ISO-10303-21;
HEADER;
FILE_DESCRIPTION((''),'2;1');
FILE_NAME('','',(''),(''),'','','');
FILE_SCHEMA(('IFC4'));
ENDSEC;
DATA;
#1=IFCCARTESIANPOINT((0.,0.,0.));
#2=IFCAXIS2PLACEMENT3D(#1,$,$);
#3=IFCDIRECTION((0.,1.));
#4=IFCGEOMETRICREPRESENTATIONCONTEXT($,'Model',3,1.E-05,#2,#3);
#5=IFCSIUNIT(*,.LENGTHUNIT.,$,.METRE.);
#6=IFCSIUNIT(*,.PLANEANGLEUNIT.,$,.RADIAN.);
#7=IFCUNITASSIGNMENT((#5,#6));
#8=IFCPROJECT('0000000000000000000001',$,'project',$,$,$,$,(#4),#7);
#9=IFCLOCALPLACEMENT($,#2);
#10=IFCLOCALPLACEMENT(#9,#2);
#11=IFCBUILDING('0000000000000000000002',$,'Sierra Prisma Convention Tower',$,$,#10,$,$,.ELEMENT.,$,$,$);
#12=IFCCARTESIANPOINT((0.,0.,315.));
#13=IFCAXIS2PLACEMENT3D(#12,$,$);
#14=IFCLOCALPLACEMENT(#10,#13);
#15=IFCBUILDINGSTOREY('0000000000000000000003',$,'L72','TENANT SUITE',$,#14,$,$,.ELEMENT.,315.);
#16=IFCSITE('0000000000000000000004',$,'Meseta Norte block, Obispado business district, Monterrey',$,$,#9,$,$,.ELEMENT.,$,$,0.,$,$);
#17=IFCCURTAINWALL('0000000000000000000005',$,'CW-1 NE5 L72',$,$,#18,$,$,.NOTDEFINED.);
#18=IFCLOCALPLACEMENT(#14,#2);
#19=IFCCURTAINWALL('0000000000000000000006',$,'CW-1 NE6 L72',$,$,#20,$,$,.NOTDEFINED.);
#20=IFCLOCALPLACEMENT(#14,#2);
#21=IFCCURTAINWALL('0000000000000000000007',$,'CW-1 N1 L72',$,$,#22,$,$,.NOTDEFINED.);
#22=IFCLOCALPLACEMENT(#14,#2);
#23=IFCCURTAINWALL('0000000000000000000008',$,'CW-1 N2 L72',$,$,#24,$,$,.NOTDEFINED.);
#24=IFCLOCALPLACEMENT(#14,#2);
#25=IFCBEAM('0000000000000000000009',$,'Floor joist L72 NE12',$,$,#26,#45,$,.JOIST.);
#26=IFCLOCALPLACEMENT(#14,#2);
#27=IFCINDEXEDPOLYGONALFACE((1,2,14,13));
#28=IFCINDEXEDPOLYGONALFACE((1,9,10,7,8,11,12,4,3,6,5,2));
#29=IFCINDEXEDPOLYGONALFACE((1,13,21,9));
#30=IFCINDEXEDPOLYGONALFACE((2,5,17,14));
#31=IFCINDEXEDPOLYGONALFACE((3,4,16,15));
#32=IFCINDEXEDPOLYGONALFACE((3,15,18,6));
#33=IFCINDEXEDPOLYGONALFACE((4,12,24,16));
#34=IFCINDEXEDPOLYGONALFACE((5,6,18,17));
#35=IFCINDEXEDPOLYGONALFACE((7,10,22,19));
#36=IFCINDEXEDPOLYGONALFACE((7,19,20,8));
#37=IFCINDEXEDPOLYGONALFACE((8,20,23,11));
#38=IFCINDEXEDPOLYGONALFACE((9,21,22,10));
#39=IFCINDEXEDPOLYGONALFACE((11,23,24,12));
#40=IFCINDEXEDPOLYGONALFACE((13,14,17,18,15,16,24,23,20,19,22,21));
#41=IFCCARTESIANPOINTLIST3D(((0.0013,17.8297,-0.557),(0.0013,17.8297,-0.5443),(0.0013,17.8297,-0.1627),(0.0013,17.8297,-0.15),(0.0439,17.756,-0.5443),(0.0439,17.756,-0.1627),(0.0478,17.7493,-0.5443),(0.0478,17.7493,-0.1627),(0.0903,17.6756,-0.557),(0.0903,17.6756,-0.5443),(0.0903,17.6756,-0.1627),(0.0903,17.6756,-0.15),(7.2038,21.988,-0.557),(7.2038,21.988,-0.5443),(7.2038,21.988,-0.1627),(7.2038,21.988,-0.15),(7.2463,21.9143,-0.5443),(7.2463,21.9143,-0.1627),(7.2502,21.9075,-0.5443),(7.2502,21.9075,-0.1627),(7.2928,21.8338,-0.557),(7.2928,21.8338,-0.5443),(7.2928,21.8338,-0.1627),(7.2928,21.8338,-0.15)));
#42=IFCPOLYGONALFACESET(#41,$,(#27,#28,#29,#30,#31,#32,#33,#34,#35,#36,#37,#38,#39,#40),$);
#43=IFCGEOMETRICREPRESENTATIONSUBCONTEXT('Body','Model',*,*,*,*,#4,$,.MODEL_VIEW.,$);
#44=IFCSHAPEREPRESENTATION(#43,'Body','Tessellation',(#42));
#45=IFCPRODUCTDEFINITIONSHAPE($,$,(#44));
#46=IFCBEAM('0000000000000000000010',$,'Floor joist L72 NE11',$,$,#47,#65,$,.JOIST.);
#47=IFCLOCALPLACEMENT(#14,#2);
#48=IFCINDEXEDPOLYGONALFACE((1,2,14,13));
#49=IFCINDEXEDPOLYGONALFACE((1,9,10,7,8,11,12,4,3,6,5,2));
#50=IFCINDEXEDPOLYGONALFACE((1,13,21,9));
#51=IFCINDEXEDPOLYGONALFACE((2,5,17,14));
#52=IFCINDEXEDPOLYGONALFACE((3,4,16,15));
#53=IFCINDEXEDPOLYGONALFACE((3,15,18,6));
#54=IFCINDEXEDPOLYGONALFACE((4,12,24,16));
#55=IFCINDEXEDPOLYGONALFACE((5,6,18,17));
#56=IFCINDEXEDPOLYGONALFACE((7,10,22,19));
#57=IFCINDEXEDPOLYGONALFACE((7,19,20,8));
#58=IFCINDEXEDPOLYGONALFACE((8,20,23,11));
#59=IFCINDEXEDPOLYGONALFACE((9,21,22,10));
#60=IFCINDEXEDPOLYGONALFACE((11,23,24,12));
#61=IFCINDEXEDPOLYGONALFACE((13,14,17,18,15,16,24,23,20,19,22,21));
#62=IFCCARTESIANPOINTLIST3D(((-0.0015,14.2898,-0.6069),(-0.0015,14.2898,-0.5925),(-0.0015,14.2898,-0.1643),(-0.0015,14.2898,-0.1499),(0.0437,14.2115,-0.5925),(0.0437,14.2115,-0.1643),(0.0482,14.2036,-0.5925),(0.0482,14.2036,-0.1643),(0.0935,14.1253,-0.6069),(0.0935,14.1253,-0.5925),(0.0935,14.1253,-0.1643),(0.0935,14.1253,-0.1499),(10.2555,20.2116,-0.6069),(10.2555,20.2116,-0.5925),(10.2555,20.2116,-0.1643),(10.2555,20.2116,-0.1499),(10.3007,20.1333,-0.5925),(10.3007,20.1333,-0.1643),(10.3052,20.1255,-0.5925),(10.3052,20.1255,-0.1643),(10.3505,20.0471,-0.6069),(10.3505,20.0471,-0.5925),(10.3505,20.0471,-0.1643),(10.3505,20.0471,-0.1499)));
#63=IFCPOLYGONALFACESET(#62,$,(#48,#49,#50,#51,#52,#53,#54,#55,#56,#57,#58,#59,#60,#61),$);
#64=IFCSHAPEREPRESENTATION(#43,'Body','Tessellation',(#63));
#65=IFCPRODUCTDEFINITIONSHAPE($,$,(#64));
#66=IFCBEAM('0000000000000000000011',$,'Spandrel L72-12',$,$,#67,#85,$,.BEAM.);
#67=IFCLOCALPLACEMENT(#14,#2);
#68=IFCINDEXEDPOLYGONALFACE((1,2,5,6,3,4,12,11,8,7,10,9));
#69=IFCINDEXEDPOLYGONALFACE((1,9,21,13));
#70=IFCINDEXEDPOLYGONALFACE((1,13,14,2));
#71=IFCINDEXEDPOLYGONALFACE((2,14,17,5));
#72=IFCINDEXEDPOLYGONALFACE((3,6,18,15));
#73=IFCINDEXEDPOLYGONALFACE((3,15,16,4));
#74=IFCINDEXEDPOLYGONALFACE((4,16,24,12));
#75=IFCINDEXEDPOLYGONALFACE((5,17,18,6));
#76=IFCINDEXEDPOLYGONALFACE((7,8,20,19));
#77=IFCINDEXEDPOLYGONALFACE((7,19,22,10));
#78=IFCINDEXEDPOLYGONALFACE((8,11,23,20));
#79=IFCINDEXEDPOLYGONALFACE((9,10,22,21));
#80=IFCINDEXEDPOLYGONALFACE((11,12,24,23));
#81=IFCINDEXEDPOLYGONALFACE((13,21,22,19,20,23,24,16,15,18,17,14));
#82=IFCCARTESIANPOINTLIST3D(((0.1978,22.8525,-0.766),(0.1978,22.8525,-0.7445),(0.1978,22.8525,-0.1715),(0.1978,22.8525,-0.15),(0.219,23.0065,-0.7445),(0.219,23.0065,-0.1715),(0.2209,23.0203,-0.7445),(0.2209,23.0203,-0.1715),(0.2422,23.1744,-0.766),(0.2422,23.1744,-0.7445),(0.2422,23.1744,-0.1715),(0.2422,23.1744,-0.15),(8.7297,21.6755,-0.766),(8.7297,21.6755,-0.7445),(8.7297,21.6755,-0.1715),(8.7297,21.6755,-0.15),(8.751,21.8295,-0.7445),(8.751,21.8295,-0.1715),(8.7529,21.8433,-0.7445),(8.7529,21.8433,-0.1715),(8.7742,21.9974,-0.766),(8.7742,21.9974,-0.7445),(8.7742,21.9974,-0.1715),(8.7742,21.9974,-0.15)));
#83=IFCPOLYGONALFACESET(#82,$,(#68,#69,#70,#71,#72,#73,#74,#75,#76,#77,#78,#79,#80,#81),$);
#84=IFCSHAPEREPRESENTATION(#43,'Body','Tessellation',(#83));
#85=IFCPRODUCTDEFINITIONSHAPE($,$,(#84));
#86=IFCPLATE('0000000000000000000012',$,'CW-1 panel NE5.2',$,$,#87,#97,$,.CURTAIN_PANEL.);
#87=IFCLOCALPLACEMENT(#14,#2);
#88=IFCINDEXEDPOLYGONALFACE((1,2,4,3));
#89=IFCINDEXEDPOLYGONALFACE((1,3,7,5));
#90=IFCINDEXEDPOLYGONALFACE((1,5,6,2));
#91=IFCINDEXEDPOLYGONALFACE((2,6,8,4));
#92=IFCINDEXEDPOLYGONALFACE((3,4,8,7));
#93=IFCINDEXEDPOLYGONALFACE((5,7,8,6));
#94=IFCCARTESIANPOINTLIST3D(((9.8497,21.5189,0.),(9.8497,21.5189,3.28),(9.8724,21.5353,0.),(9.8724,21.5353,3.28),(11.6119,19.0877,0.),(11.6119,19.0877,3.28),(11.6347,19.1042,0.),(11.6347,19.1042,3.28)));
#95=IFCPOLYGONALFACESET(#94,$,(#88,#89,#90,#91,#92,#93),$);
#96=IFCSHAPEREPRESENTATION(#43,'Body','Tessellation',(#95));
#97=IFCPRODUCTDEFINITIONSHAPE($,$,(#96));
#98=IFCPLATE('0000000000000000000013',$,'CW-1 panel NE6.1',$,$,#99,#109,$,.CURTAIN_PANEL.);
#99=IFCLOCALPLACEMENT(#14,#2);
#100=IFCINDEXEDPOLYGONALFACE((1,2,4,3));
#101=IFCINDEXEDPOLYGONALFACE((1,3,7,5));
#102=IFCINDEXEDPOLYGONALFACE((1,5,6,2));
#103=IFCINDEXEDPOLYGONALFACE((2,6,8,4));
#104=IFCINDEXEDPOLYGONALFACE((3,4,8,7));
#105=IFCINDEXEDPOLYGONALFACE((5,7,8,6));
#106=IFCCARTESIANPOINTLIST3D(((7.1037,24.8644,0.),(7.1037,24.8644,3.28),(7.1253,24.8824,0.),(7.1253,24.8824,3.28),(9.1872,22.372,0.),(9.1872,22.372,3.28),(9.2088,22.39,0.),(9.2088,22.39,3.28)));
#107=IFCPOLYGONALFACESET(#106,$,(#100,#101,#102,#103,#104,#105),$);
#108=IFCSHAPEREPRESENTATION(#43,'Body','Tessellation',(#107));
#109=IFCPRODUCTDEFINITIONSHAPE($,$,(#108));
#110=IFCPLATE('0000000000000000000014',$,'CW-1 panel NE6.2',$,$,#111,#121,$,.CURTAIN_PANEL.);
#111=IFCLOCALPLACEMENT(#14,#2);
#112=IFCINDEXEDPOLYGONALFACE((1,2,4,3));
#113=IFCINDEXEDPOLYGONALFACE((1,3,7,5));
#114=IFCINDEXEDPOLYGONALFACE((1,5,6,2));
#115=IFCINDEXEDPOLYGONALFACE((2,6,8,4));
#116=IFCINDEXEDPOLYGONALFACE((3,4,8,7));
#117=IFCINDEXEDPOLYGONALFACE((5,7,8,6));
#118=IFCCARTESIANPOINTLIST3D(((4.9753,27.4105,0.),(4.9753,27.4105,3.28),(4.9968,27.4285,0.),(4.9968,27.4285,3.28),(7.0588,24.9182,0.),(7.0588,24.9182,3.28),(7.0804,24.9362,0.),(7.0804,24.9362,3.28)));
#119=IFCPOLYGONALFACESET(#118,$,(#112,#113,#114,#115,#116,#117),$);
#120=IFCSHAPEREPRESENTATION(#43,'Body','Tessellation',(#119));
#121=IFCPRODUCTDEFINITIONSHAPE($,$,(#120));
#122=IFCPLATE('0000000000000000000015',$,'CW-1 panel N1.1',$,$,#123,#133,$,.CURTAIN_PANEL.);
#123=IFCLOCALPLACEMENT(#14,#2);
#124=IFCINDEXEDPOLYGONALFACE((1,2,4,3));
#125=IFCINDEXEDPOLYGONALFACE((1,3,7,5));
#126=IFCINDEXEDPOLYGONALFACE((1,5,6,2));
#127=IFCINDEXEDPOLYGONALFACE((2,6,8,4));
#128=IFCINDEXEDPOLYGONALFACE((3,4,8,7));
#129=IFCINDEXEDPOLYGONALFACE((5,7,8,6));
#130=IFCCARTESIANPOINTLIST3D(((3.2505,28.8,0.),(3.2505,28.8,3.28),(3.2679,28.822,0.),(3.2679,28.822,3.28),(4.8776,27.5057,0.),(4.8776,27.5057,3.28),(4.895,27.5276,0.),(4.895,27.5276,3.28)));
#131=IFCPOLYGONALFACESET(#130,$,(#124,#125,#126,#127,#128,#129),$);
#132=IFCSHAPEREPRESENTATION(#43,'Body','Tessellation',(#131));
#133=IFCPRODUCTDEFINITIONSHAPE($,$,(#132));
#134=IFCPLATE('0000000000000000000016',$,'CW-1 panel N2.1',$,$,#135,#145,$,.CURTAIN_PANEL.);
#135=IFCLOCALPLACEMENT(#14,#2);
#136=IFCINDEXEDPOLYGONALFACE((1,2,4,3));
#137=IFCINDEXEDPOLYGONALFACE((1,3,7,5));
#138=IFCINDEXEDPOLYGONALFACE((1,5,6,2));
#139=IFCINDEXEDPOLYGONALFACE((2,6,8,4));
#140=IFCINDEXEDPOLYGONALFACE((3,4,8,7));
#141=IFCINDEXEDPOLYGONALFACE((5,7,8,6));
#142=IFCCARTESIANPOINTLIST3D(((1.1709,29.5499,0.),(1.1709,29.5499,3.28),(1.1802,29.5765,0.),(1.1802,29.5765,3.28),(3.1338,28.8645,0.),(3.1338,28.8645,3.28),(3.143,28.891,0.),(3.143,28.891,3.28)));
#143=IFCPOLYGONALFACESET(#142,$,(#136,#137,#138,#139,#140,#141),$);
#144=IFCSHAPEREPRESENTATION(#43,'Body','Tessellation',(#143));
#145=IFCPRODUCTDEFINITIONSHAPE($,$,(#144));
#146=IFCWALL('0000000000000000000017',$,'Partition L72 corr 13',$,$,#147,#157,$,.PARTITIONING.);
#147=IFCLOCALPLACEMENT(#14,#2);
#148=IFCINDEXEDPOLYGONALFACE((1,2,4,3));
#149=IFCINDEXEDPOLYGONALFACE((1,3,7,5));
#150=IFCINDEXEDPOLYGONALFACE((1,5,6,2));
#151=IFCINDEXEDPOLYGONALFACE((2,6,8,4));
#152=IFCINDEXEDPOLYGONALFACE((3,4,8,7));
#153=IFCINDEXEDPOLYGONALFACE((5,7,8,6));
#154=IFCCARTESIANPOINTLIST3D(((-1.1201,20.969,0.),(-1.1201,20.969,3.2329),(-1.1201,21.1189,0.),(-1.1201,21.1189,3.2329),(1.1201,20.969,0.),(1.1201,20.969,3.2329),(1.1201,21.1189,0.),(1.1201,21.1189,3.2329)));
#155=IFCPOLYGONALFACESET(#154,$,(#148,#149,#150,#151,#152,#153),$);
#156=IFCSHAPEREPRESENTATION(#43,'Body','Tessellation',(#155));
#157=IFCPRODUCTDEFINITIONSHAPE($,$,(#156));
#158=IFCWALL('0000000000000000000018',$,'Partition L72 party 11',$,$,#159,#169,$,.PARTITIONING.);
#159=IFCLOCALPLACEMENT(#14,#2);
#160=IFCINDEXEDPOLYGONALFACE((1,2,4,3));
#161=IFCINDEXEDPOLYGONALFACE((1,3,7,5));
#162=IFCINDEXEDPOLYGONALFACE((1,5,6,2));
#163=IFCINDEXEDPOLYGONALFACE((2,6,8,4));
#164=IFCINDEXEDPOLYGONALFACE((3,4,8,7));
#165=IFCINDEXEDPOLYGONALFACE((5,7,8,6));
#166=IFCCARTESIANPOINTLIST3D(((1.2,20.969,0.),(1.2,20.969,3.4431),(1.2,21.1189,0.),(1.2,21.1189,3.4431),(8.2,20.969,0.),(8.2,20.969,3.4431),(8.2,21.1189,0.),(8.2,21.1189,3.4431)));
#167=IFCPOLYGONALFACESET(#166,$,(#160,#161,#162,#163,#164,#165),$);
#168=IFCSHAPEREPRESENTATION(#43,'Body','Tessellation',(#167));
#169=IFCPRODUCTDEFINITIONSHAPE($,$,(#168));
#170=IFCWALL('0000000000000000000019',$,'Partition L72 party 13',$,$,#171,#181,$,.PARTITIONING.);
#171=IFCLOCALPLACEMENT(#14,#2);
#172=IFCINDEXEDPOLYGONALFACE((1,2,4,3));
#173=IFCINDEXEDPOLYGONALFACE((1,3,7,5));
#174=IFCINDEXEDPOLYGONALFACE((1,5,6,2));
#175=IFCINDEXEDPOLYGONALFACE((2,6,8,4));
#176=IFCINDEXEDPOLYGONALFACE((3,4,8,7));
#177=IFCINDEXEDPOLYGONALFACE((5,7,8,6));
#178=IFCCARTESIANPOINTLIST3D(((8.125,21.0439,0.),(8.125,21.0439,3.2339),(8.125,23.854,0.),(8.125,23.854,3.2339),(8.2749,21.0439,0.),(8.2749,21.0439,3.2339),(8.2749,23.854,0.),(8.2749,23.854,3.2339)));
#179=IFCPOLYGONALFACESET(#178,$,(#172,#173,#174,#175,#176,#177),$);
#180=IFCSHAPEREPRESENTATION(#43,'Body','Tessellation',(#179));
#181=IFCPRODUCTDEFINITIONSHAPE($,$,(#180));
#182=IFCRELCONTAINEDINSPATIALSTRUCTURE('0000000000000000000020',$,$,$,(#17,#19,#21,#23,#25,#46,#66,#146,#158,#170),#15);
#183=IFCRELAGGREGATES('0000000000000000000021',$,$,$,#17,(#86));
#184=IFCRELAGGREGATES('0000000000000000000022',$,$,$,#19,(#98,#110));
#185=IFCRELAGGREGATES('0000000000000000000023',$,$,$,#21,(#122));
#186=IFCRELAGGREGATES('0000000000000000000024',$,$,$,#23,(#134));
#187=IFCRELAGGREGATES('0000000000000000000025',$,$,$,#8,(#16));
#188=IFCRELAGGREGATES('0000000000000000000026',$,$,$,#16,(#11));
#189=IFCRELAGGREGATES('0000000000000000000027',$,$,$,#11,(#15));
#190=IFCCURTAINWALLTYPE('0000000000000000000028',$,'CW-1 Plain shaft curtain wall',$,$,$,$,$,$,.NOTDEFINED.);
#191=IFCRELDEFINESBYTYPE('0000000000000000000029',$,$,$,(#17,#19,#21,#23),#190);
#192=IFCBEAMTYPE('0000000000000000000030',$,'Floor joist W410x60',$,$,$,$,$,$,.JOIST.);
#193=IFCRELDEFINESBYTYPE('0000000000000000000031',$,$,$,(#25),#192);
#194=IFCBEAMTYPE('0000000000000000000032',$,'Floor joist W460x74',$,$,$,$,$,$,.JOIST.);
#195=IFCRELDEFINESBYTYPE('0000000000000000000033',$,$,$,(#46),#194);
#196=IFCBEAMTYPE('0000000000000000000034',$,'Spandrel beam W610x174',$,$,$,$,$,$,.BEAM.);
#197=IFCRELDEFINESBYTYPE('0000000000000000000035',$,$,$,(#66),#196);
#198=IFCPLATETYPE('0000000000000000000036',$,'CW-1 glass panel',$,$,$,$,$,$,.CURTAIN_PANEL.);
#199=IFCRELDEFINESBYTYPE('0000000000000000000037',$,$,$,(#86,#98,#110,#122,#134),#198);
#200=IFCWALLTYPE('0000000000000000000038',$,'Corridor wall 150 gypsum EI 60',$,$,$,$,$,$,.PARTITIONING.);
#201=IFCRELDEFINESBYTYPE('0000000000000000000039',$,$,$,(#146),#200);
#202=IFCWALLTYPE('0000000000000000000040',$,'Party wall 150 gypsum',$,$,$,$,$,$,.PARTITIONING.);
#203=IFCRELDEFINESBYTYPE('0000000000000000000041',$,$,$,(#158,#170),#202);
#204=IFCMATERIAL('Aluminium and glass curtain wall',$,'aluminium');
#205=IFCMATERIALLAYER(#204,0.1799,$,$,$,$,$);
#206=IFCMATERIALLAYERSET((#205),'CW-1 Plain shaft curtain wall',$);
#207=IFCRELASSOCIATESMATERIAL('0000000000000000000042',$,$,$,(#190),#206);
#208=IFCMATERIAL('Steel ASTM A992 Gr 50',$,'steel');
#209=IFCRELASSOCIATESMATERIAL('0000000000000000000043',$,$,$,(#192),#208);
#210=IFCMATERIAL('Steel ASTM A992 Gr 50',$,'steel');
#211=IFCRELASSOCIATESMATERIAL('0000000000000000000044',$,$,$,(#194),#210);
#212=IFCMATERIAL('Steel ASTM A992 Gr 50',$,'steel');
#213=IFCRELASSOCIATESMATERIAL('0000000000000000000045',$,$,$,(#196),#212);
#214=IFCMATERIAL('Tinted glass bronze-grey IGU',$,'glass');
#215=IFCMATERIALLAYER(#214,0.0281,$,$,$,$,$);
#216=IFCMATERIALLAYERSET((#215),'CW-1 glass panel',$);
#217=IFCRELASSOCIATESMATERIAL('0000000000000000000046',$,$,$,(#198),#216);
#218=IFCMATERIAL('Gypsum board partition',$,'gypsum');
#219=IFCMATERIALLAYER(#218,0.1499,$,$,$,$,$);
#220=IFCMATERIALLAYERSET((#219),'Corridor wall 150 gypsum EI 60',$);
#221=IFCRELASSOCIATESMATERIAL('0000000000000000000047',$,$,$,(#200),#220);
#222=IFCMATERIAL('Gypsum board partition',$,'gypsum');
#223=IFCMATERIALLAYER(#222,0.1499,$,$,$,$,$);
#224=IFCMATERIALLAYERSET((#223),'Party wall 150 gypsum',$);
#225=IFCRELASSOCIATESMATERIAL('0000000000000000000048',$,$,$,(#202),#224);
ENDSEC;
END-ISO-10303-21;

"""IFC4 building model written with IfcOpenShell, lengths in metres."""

from ifc_helpers import new_model, si_unit, direction, frame, frame_2d, origin, origin_2d, place, context, subcontext, project, spatial, rectangle, i_section, extrude, material, layer, layer_set, material_profile, profile_set, type_object, element, aggregate, save


model = new_model("IFC4")

# Units and contexts
model_context = context("Model", 3, precision=1e-05, world=origin(), true_north=direction((0.0, 1.0)))
body_context = subcontext(model_context, "Body", "Model", "MODEL_VIEW")
ifc_project = project(units=[si_unit("LENGTHUNIT", "METRE"), si_unit("PLANEANGLEUNIT", "RADIAN")], contexts=[model_context])

# Site, building, storey
site_placement = place(None, origin())
site = spatial("IfcSite", under=ifc_project, at=site_placement, Name="Meseta Norte block, Obispado business district, Monterrey", CompositionType="ELEMENT", RefElevation=0.0)
building_placement = place(site_placement, origin())
building = spatial("IfcBuilding", under=site, at=building_placement, Name="Sierra Prisma Convention Tower", CompositionType="ELEMENT")
storey_placement = place(building_placement, frame((0.0, 0.0, 315.0)))
storey = spatial("IfcBuildingStorey", under=building, at=storey_placement, Name="L72", Description="TENANT SUITE", CompositionType="ELEMENT", Elevation=315.0)

# Curtain walls
ifc_material_1 = material(Name="Aluminium and glass curtain wall", Category="aluminium")
ifc_layer_1 = layer(ifc_material_1, 0.1799)
ifc_layer_set_1 = layer_set([ifc_layer_1], Name="CW-1 Plain shaft curtain wall")
curtain_wall_type = type_object("IfcCurtainWallType", Name="CW-1 Plain shaft curtain wall", PredefinedType="NOTDEFINED", material=ifc_layer_set_1)
curtain_wall_1_placement = place(storey_placement, origin())
curtain_wall_1 = element("IfcCurtainWall", 1, at=curtain_wall_1_placement, inside=storey, type_object=curtain_wall_type, Name="CW-1 NE5 L72", PredefinedType="NOTDEFINED")
curtain_wall_2_placement = place(storey_placement, origin())
curtain_wall_2 = element("IfcCurtainWall", 2, at=curtain_wall_2_placement, inside=storey, type_object=curtain_wall_type, Name="CW-1 NE6 L72", PredefinedType="NOTDEFINED")
curtain_wall_3_placement = place(storey_placement, origin())
curtain_wall_3 = element("IfcCurtainWall", 3, at=curtain_wall_3_placement, inside=storey, type_object=curtain_wall_type, Name="CW-1 N1 L72", PredefinedType="NOTDEFINED")
curtain_wall_4_placement = place(storey_placement, origin())
curtain_wall_4 = element("IfcCurtainWall", 4, at=curtain_wall_4_placement, inside=storey, type_object=curtain_wall_type, Name="CW-1 N2 L72", PredefinedType="NOTDEFINED")

# Beams
ifc_material_2 = material(Name="Steel ASTM A992 Gr 50", Category="steel")
ifc_material_profile_1 = material_profile(ifc_material_2, i_section(OverallWidth=0.178, OverallDepth=0.407, WebThickness=0.0078, FlangeThickness=0.0127, at=origin_2d()), Name="W410x60")
ifc_profile_set_1 = profile_set([ifc_material_profile_1], Name="Steel ASTM A992 Gr 50")
beam_type_1 = type_object("IfcBeamType", Name="Floor joist W410x60", PredefinedType="JOIST", material=ifc_profile_set_1)
beam_1_placement = place(storey_placement, frame((7.2483, 21.9109, -0.3535), z_axis=(-0.866031, -0.499991, 0.0), x_axis=(0.499991, -0.866031, 0.0)))
element("IfcBeam", 5, at=beam_1_placement, inside=storey, type_object=beam_type_1, Name="Floor joist L72 NE12", PredefinedType="JOIST", context=body_context, shape_type="SweptSolid", body=[
    extrude(i_section(OverallWidth=0.178, OverallDepth=0.407, WebThickness=0.0078, FlangeThickness=0.0127, at=origin_2d()), origin(), (0.0, 0.0, 1.0), 8.3167),
])
ifc_material_3 = material(Name="Steel ASTM A992 Gr 50", Category="steel")
ifc_material_profile_2 = material_profile(ifc_material_3, i_section(OverallWidth=0.1899, OverallDepth=0.457, WebThickness=0.009, FlangeThickness=0.0144, at=origin_2d()), Name="W460x74")
ifc_profile_set_2 = profile_set([ifc_material_profile_2], Name="Steel ASTM A992 Gr 50")
beam_type_2 = type_object("IfcBeamType", Name="Floor joist W460x74", PredefinedType="JOIST", material=ifc_profile_set_2)
beam_2_placement = place(storey_placement, frame((10.303, 20.1294, -0.3784), z_axis=(-0.866027, -0.499997, 0.0), x_axis=(0.499997, -0.866027, 0.0)))
element("IfcBeam", 6, at=beam_2_placement, inside=storey, type_object=beam_type_2, Name="Floor joist L72 NE11", PredefinedType="JOIST", context=body_context, shape_type="SweptSolid", body=[
    extrude(i_section(OverallWidth=0.1899, OverallDepth=0.457, WebThickness=0.009, FlangeThickness=0.0144, at=origin_2d()), origin(), (0.0, 0.0, 1.0), 11.8438),
])
ifc_material_4 = material(Name="Steel ASTM A992 Gr 50", Category="steel")
ifc_material_profile_3 = material_profile(ifc_material_4, i_section(OverallWidth=0.325, OverallDepth=0.616, WebThickness=0.0139, FlangeThickness=0.0215, at=origin_2d()), Name="W610x174")
ifc_profile_set_3 = profile_set([ifc_material_profile_3], Name="Steel ASTM A992 Gr 50")
beam_type_3 = type_object("IfcBeamType", Name="Spandrel beam W610x174", PredefinedType="BEAM", material=ifc_profile_set_3)
beam_3_placement = place(storey_placement, frame((8.752, 21.8364, -0.458), z_axis=(-0.990618, 0.136658, 0.0), x_axis=(-0.136658, -0.990618, 0.0)))
element("IfcBeam", 7, at=beam_3_placement, inside=storey, type_object=beam_type_3, Name="Spandrel L72-12", PredefinedType="BEAM", context=body_context, shape_type="SweptSolid", body=[
    extrude(i_section(OverallWidth=0.325, OverallDepth=0.616, WebThickness=0.0139, FlangeThickness=0.0215, at=origin_2d()), origin(), (0.0, 0.0, 1.0), 8.6128),
])

# Plates
ifc_material_5 = material(Name="Tinted glass bronze-grey IGU", Category="glass")
ifc_layer_2 = layer(ifc_material_5, 0.0281)
ifc_layer_set_2 = layer_set([ifc_layer_2], Name="CW-1 glass panel")
plate_type = type_object("IfcPlateType", Name="CW-1 glass panel", PredefinedType="CURTAIN_PANEL", material=ifc_layer_set_2)
plate_1_placement = place(storey_placement, frame((10.7422, 20.3115, 0.0), z_axis=(0.0, 0.0, 1.0), x_axis=(-0.58689, 0.809667, 0.0)))
plate_1 = element("IfcPlate", 8, at=plate_1_placement, type_object=plate_type, Name="CW-1 panel NE5.2", PredefinedType="CURTAIN_PANEL", context=body_context, shape_type="SweptSolid", body=[
    extrude(rectangle(XDim=3.0027, YDim=0.0281, at=origin_2d()), origin(), (0.0, 0.0, 1.0), 3.28),
])
aggregate(curtain_wall_1, [plate_1])
plate_2_placement = place(storey_placement, frame((8.1562, 23.6272, 0.0), z_axis=(0.0, 0.0, 1.0), x_axis=(-0.641374, 0.767229, 0.0)))
plate_2 = element("IfcPlate", 9, at=plate_2_placement, type_object=plate_type, Name="CW-1 panel NE6.1", PredefinedType="CURTAIN_PANEL", context=body_context, shape_type="SweptSolid", body=[
    extrude(rectangle(XDim=3.2485, YDim=0.0281, at=origin_2d()), origin(), (0.0, 0.0, 1.0), 3.28),
])
plate_3_placement = place(storey_placement, frame((6.0278, 26.1733, 0.0), z_axis=(0.0, 0.0, 1.0), x_axis=(-0.641374, 0.767229, 0.0)))
plate_3 = element("IfcPlate", 10, at=plate_3_placement, type_object=plate_type, Name="CW-1 panel NE6.2", PredefinedType="CURTAIN_PANEL", context=body_context, shape_type="SweptSolid", body=[
    extrude(rectangle(XDim=3.2485, YDim=0.0281, at=origin_2d()), origin(), (0.0, 0.0, 1.0), 3.28),
])
aggregate(curtain_wall_2, [plate_2, plate_3])
plate_4_placement = place(storey_placement, frame((4.0728, 28.1638, 0.0), z_axis=(0.0, 0.0, 1.0), x_axis=(-0.782593, 0.622534, 0.0)))
plate_4 = element("IfcPlate", 11, at=plate_4_placement, type_object=plate_type, Name="CW-1 panel N1.1", PredefinedType="CURTAIN_PANEL", context=body_context, shape_type="SweptSolid", body=[
    extrude(rectangle(XDim=2.0791, YDim=0.0281, at=origin_2d()), origin(), (0.0, 0.0, 1.0), 3.28),
])
aggregate(curtain_wall_3, [plate_4])
plate_5_placement = place(storey_placement, frame((2.157, 29.2205, 0.0), z_axis=(0.0, 0.0, 1.0), x_axis=(-0.944085, 0.329702, 0.0)))
plate_5 = element("IfcPlate", 12, at=plate_5_placement, type_object=plate_type, Name="CW-1 panel N2.1", PredefinedType="CURTAIN_PANEL", context=body_context, shape_type="SweptSolid", body=[
    extrude(rectangle(XDim=2.0791, YDim=0.0281, at=origin_2d()), origin(), (0.0, 0.0, 1.0), 3.28),
])
aggregate(curtain_wall_4, [plate_5])

# Walls
ifc_material_6 = material(Name="Gypsum board partition", Category="gypsum")
ifc_layer_3 = layer(ifc_material_6, 0.1499)
ifc_layer_set_3 = layer_set([ifc_layer_3], Name="Corridor wall 150 gypsum EI 60")
wall_type_1 = type_object("IfcWallType", Name="Corridor wall 150 gypsum EI 60", PredefinedType="PARTITIONING", material=ifc_layer_set_3)
wall_1_placement = place(storey_placement, frame((1.1201, 21.0439, 0.0), z_axis=(0.0, 0.0, 1.0), x_axis=(-1.0, 0.0, 0.0)))
element("IfcWall", 13, at=wall_1_placement, inside=storey, type_object=wall_type_1, Name="Partition L72 corr 13", PredefinedType="PARTITIONING", context=body_context, shape_type="SweptSolid", body=[
    extrude(rectangle(XDim=2.2402, YDim=0.1499, at=frame_2d((1.1201, 0.0))), origin(), (0.0, 0.0, 1.0), 3.2329),
])
ifc_material_7 = material(Name="Gypsum board partition", Category="gypsum")
ifc_layer_4 = layer(ifc_material_7, 0.1499)
ifc_layer_set_4 = layer_set([ifc_layer_4], Name="Party wall 150 gypsum")
wall_type_2 = type_object("IfcWallType", Name="Party wall 150 gypsum", PredefinedType="PARTITIONING", material=ifc_layer_set_4)
wall_2_placement = place(storey_placement, frame((1.2, 21.0439, 0.0), z_axis=(0.0, 0.0, 1.0), x_axis=(1.0, 0.0, 0.0)))
element("IfcWall", 14, at=wall_2_placement, inside=storey, type_object=wall_type_2, Name="Partition L72 party 11", PredefinedType="PARTITIONING", context=body_context, shape_type="SweptSolid", body=[
    extrude(rectangle(XDim=7.0, YDim=0.1499, at=frame_2d((3.5, 0.0))), origin(), (0.0, 0.0, 1.0), 3.4431),
])
wall_3_placement = place(storey_placement, frame((8.2, 21.0439, 0.0), z_axis=(0.0, 0.0, 1.0), x_axis=(0.0, 1.0, 0.0)))
element("IfcWall", 15, at=wall_3_placement, inside=storey, type_object=wall_type_2, Name="Partition L72 party 13", PredefinedType="PARTITIONING", context=body_context, shape_type="SweptSolid", body=[
    extrude(rectangle(XDim=2.8101, YDim=0.1499, at=frame_2d((1.405, 0.0))), origin(), (0.0, 0.0, 1.0), 3.2339),
])

save(model, "model.ifc")
